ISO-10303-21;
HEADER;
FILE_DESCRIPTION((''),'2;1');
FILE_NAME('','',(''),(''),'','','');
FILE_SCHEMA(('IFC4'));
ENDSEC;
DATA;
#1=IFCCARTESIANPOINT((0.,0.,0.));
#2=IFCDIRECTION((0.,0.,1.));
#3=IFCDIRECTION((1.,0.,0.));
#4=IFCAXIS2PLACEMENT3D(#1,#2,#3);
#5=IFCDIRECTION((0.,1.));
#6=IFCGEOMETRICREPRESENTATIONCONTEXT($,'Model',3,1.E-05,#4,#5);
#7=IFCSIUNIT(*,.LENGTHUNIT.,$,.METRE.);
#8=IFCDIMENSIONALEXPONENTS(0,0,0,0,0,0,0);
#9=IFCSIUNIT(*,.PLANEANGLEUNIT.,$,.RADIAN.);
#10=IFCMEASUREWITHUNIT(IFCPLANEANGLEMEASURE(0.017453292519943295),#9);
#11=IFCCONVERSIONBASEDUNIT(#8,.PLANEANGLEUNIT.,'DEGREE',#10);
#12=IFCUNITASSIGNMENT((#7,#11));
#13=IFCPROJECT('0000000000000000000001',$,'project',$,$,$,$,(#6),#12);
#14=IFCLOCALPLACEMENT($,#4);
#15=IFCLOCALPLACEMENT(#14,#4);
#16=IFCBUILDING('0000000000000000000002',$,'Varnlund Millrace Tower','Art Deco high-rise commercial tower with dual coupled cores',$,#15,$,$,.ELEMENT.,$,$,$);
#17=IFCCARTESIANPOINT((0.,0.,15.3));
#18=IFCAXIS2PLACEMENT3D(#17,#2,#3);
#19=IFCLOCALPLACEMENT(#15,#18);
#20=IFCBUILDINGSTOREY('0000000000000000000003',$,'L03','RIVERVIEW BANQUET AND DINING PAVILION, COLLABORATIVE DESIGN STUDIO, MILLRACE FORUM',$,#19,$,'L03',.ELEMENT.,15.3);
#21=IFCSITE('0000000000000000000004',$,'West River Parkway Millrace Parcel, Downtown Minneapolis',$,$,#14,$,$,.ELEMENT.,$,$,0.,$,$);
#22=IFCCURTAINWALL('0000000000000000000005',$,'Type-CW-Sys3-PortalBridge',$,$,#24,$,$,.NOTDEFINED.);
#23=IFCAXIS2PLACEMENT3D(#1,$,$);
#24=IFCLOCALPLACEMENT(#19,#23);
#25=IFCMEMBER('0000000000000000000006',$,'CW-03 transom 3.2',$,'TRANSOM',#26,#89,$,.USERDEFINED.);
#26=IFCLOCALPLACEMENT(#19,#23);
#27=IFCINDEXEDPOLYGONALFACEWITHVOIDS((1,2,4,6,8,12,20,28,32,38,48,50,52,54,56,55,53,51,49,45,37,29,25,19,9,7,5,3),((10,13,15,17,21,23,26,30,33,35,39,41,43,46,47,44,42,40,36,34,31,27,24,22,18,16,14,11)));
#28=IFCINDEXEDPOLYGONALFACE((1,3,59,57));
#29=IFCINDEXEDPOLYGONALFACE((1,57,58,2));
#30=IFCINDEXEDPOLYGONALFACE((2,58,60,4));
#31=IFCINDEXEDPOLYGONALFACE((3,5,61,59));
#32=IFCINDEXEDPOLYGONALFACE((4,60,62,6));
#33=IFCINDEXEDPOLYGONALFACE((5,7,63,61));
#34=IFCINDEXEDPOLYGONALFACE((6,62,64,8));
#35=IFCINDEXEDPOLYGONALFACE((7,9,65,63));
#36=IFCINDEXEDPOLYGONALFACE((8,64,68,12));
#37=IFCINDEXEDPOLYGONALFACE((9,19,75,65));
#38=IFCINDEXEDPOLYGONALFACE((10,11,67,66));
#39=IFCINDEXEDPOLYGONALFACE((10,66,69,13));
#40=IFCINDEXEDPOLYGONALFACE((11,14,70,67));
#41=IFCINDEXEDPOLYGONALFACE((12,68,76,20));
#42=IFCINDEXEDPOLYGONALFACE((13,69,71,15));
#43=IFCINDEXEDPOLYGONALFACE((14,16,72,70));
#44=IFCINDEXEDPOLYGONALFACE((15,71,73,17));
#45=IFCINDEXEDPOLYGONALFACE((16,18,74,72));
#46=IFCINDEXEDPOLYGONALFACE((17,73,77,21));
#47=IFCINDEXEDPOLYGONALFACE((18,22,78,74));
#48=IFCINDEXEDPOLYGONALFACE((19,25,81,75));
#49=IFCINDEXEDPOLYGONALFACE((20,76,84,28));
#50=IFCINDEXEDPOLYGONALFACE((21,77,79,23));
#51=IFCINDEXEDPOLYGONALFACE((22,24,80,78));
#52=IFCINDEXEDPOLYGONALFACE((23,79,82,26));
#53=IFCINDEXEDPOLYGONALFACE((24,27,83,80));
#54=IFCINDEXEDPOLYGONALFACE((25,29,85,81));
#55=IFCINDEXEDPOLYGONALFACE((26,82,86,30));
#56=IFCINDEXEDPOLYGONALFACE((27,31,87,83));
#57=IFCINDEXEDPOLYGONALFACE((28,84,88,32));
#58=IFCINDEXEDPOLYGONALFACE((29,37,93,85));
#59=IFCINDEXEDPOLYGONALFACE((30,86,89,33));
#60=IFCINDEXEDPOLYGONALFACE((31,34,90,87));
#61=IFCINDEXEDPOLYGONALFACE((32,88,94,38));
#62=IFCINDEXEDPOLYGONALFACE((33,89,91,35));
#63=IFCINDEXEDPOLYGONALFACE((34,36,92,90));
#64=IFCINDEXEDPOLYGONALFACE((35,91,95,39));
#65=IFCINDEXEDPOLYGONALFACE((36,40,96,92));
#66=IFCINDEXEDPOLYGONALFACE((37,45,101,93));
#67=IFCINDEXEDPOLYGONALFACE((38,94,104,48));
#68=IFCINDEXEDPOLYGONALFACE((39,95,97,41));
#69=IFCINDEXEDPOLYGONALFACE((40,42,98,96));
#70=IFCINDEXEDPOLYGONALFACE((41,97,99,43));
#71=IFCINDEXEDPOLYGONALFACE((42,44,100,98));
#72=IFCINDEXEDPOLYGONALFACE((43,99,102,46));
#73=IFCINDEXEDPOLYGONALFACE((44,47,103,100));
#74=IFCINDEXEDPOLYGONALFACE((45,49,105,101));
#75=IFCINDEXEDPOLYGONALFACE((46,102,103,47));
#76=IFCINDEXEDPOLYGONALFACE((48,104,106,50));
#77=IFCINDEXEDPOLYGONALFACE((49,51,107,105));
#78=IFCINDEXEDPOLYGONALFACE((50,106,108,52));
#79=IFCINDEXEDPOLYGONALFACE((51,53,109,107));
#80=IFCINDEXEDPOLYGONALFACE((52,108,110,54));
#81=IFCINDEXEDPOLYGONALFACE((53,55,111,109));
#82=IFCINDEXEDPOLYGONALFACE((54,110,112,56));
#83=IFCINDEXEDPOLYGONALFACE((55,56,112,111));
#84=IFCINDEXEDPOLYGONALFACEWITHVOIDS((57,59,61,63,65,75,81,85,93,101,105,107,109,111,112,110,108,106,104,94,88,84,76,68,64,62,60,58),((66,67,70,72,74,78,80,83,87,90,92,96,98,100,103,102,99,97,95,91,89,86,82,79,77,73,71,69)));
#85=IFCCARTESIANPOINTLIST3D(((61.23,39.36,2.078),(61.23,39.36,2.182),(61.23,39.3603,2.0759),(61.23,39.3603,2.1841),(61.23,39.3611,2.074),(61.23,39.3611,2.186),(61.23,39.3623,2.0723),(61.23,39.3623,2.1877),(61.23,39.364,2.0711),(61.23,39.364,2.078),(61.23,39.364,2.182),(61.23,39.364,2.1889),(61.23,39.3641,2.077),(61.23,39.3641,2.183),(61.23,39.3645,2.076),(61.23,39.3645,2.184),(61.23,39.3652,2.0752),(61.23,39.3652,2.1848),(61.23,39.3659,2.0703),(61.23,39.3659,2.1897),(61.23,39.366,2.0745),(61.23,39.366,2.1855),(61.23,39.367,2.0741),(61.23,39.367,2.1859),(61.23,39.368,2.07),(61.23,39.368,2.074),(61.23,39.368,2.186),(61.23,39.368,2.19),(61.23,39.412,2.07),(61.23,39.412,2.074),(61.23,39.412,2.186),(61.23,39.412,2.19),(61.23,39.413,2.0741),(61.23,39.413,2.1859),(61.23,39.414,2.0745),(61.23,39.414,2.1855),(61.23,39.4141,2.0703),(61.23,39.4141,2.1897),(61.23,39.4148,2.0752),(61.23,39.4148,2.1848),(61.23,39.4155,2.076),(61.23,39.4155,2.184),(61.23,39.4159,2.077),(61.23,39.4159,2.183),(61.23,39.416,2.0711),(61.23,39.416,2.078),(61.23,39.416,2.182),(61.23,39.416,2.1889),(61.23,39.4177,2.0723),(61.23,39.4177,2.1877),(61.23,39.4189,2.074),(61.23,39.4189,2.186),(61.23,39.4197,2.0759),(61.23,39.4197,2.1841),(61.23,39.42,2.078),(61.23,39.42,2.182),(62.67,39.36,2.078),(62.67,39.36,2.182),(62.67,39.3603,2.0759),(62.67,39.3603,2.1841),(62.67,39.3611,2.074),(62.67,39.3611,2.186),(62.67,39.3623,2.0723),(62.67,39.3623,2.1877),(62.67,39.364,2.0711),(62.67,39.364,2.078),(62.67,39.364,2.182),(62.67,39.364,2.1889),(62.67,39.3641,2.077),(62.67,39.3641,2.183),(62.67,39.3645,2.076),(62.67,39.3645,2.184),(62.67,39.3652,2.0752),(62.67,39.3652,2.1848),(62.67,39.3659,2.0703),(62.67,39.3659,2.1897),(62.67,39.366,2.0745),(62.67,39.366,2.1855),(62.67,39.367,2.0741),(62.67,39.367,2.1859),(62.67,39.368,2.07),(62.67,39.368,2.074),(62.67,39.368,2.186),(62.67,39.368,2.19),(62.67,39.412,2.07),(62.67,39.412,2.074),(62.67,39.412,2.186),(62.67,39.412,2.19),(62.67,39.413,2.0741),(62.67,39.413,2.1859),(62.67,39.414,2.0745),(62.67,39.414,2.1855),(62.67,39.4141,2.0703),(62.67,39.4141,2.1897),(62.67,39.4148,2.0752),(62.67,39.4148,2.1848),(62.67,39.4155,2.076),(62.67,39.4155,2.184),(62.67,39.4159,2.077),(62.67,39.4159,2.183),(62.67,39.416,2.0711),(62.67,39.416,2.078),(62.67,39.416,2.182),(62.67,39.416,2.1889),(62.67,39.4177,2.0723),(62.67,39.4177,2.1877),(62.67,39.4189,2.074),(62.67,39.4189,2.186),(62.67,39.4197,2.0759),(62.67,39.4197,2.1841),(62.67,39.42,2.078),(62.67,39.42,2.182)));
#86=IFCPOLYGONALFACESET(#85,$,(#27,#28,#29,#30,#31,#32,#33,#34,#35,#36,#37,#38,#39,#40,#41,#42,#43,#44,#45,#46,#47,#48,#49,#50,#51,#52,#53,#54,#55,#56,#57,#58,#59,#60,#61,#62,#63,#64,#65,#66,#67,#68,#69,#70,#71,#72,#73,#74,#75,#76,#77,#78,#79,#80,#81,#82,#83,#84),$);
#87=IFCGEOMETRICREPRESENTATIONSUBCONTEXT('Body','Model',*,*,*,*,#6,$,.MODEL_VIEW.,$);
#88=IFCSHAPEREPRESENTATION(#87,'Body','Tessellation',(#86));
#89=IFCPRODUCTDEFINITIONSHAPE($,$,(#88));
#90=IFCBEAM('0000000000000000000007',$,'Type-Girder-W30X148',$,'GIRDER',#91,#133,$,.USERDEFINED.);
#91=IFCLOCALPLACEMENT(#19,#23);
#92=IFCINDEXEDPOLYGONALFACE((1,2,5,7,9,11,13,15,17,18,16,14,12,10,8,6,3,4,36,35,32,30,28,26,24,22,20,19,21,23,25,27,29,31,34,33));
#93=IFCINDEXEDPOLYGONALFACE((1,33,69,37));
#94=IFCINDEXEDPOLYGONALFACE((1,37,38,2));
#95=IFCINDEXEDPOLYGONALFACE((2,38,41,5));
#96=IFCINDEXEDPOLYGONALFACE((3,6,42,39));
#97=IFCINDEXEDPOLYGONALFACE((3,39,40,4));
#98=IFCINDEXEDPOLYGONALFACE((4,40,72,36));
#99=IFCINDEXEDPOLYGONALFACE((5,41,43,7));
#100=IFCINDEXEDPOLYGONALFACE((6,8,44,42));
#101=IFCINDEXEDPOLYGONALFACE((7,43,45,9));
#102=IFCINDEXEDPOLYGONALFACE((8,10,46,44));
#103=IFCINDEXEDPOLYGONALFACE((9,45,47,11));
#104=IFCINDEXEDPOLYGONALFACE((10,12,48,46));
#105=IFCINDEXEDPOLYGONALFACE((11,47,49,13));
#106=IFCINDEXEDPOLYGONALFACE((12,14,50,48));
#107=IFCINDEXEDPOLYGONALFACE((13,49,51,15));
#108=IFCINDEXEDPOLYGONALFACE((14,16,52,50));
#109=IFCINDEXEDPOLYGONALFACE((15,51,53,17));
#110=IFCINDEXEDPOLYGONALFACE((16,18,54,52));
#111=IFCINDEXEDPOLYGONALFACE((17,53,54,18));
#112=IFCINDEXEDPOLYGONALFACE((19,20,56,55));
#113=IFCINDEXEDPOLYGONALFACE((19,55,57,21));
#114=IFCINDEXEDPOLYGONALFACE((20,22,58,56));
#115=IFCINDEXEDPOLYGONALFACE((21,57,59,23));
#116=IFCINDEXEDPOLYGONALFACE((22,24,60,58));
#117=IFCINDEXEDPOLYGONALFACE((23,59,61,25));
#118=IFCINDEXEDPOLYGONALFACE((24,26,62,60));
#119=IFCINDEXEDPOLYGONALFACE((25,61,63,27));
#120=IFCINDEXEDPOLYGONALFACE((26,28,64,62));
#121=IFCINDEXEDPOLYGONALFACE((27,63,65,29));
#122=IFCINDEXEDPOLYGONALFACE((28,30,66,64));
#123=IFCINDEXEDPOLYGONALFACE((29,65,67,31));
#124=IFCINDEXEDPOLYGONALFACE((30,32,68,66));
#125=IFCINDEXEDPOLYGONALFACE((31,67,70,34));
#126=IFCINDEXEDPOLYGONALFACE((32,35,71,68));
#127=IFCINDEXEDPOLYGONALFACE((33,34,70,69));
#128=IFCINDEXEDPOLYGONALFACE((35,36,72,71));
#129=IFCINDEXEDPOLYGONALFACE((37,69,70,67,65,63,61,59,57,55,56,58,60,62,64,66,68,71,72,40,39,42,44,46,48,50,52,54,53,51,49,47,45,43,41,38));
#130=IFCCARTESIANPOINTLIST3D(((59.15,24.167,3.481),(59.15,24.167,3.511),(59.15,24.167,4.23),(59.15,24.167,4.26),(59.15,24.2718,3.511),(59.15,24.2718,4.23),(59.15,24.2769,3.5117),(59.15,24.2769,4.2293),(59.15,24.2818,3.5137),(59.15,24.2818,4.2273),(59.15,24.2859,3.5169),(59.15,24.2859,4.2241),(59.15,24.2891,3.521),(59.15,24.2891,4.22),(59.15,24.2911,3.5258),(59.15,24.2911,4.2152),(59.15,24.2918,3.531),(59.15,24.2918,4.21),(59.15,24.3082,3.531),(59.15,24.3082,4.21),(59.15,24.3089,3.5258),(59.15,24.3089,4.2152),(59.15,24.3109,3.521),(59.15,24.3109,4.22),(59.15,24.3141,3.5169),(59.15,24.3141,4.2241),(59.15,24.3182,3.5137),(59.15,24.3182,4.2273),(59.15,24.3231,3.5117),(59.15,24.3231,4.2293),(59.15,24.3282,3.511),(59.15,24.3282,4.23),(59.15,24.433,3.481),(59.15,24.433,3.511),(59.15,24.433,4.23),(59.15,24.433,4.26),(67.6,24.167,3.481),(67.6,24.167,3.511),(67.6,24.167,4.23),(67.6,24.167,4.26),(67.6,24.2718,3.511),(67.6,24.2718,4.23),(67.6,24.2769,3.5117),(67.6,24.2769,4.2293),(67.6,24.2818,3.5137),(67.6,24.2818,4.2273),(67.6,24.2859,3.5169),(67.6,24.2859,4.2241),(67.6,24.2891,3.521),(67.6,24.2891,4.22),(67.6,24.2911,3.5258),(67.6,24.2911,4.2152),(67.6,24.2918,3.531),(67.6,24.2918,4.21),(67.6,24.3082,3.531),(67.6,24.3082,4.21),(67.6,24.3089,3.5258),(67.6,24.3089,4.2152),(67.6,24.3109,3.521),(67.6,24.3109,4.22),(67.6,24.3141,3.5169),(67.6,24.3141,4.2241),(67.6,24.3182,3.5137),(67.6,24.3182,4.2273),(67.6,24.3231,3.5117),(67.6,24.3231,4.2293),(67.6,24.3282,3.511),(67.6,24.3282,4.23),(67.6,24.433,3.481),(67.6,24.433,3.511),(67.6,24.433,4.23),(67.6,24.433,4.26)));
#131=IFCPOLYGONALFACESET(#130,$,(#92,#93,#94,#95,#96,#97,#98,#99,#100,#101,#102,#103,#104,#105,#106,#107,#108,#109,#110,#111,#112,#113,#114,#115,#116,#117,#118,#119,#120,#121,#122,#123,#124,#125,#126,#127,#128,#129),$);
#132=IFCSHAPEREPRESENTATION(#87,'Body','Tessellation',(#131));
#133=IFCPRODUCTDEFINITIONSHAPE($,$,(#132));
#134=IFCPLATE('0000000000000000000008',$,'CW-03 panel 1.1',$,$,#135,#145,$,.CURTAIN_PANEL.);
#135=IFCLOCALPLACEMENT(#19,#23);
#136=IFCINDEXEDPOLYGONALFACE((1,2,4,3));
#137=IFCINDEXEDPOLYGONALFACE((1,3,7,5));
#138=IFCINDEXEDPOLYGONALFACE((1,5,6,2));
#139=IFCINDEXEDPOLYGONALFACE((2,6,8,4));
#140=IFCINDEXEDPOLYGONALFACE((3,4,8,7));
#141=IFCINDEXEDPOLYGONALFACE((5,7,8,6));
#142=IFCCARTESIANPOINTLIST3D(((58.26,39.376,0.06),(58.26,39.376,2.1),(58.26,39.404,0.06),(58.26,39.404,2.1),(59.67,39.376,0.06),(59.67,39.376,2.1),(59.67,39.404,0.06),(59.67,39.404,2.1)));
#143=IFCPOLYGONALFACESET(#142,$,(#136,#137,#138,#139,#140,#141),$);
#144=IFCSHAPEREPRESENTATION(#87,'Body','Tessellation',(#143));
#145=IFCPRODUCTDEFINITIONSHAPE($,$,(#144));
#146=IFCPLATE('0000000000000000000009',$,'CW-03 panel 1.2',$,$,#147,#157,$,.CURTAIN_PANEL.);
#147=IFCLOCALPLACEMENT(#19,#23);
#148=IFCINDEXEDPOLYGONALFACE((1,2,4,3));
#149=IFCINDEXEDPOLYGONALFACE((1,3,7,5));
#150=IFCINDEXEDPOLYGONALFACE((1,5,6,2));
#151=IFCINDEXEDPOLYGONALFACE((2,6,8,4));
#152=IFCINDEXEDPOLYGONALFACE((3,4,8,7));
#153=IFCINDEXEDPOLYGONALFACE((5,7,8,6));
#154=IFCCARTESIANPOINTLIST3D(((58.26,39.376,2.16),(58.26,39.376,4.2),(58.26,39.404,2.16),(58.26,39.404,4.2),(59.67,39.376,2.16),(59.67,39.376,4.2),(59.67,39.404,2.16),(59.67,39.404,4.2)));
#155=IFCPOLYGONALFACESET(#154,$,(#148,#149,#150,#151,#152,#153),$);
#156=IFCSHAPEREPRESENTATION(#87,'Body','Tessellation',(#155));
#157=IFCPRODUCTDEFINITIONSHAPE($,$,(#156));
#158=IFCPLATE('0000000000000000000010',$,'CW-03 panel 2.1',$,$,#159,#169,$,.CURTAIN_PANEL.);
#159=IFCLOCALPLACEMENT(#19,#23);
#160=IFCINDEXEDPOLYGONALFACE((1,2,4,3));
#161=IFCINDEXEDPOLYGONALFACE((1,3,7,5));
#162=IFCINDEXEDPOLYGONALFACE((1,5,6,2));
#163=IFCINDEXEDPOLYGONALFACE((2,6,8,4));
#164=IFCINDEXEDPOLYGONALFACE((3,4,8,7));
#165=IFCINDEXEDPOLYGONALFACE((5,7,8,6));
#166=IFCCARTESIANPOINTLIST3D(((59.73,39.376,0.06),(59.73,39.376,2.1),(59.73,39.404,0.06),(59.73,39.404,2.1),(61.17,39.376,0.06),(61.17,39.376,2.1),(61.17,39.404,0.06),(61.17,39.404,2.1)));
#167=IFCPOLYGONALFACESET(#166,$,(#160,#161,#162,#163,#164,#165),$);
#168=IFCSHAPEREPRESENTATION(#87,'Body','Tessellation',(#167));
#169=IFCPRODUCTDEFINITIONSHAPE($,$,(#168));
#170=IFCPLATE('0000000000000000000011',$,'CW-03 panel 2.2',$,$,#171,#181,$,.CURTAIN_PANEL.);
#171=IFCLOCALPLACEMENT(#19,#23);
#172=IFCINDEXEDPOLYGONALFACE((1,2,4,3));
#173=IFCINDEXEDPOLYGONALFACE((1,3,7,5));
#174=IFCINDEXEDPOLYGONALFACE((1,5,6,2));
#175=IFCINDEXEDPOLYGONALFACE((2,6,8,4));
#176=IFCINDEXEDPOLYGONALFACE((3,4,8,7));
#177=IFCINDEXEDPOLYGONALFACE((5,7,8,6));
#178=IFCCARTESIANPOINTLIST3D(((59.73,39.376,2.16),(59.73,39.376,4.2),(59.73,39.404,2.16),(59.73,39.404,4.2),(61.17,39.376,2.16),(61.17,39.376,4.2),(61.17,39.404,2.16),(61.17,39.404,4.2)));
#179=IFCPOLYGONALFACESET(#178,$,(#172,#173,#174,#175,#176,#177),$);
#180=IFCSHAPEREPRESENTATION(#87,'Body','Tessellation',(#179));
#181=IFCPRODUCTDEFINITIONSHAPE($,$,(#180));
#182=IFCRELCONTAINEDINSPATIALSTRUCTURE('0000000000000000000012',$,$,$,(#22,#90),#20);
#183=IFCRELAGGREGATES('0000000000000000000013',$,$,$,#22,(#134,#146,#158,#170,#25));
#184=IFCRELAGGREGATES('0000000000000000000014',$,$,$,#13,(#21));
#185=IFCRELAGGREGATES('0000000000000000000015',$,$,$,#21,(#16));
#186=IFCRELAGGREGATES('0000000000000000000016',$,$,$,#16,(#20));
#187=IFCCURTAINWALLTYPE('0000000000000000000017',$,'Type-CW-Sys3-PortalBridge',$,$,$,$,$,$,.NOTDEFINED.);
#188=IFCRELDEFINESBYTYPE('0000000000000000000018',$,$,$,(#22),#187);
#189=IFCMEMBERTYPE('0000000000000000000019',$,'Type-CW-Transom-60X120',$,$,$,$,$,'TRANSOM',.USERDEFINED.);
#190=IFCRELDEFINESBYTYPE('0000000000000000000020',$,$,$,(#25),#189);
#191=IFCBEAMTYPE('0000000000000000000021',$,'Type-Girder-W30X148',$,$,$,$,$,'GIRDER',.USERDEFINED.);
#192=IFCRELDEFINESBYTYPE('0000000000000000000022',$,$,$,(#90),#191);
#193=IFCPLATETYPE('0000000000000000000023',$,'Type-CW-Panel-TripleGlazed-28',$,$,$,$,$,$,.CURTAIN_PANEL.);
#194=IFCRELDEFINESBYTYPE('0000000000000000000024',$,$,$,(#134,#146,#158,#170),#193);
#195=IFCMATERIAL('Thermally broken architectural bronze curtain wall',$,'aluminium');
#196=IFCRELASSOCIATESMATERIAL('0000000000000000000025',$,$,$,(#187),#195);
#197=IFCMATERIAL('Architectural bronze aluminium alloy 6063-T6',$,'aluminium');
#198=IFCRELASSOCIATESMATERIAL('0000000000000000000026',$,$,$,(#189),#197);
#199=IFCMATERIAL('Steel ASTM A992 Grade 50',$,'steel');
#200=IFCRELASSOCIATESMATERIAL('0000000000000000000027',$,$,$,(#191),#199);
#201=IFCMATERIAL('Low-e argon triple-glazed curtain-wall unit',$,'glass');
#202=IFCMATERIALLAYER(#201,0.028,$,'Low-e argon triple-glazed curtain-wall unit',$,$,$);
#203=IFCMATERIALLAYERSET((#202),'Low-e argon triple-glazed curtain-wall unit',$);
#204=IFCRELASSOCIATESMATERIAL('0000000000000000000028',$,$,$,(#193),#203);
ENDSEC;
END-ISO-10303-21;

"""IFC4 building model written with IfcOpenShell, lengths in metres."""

from ifc_helpers import new_model, entity, si_unit, converted_unit, direction, frame, origin_with_axes, origin_2d_with_axis, place, context, subcontext, project, spatial, rectangle, hollow_rectangle, i_section, extrude, material, layer, layer_set, material_profile, profile_set, type_object, element, aggregate, save


model = new_model("IFC4")

# Units and contexts
model_context = context("Model", 3, precision=1e-05, world=origin_with_axes(), true_north=direction((0.0, 1.0)))
body_context = subcontext(model_context, "Body", "Model", "MODEL_VIEW")
ifc_project = project(units=[si_unit("LENGTHUNIT", "METRE"), converted_unit("PLANEANGLEUNIT", "DEGREE", entity("IfcPlaneAngleMeasure", 0.017453292519943295), si_unit("PLANEANGLEUNIT", "RADIAN"), dimensions=[0, 0, 0, 0, 0, 0, 0])], contexts=[model_context])

# Site, building, storey
site_placement = place(None, origin_with_axes())
site = spatial("IfcSite", under=ifc_project, at=site_placement, Name="West River Parkway Millrace Parcel, Downtown Minneapolis", CompositionType="ELEMENT", RefElevation=0.0)
building_placement = place(site_placement, origin_with_axes())
building = spatial("IfcBuilding", under=site, at=building_placement, Name="Varnlund Millrace Tower", Description="Art Deco high-rise commercial tower with dual coupled cores", CompositionType="ELEMENT")
storey_placement = place(building_placement, frame((0.0, 0.0, 15.3), z_axis=(0.0, 0.0, 1.0), x_axis=(1.0, 0.0, 0.0)))
storey = spatial("IfcBuildingStorey", under=building, at=storey_placement, Name="L03", Description="RIVERVIEW BANQUET AND DINING PAVILION, COLLABORATIVE DESIGN STUDIO, MILLRACE FORUM", LongName="L03", CompositionType="ELEMENT", Elevation=15.3)

# Shared definitions
ifc_material_1 = material(Name="Steel ASTM A992 Grade 50", Category="steel")

# Curtain wall, member
ifc_material_2 = material(Name="Thermally broken architectural bronze curtain wall", Category="aluminium")
curtain_wall_type = type_object("IfcCurtainWallType", Name="Type-CW-Sys3-PortalBridge", PredefinedType="NOTDEFINED", material=ifc_material_2)
curtain_wall_placement = place(storey_placement, frame((58.2, 39.39, 0.0), z_axis=(0.0, 0.0, 1.0), x_axis=(1.0, 0.0, 0.0)))
curtain_wall = element("IfcCurtainWall", 1, at=curtain_wall_placement, inside=storey, type_object=curtain_wall_type, Name="Type-CW-Sys3-PortalBridge", PredefinedType="NOTDEFINED")
ifc_material_3 = material(Name="Architectural bronze aluminium alloy 6063-T6", Category="aluminium")
ifc_material_profile_1 = material_profile(ifc_material_3, hollow_rectangle(XDim=0.06, YDim=0.12, WallThickness=0.004, InnerFilletRadius=0.004, OuterFilletRadius=0.008, at=origin_2d_with_axis()), Name="Architectural bronze aluminium alloy 6063-T6")
ifc_profile_set_1 = profile_set([ifc_material_profile_1], Name="Architectural bronze aluminium alloy 6063-T6")
member_type_1 = type_object("IfcMemberType", Name="Type-CW-Transom-60X120", ElementType="TRANSOM", PredefinedType="USERDEFINED", material=ifc_profile_set_1)
member_1_placement = place(storey_placement, frame((61.23, 39.39, 2.13), z_axis=(1.0, 0.0, 0.0), x_axis=(0.0, 1.0, 0.0)))
member_1 = element("IfcMember", 2, at=member_1_placement, type_object=member_type_1, Name="CW-03 transom 3.2", ObjectType="TRANSOM", PredefinedType="USERDEFINED", context=body_context, shape_type="SweptSolid", body=[
    extrude(hollow_rectangle(XDim=0.06, YDim=0.12, WallThickness=0.004, InnerFilletRadius=0.004, OuterFilletRadius=0.008, at=origin_2d_with_axis()), origin_with_axes(), (0.0, 0.0, 1.0), 1.44),
])

# Beam
ifc_material_profile_2 = material_profile(ifc_material_1, i_section(OverallWidth=0.266, OverallDepth=0.779, WebThickness=0.0165, FlangeThickness=0.03, FilletRadius=0.02, at=origin_2d_with_axis()), Name="Steel ASTM A992 Grade 50")
ifc_profile_set_2 = profile_set([ifc_material_profile_2], Name="Steel ASTM A992 Grade 50")
beam_type_1 = type_object("IfcBeamType", Name="Type-Girder-W30X148", ElementType="GIRDER", PredefinedType="USERDEFINED", material=ifc_profile_set_2)
beam_1_placement = place(storey_placement, frame((59.15, 24.3, 3.8705), z_axis=(1.0, 0.0, 0.0), x_axis=(0.0, 1.0, 0.0)))
element("IfcBeam", 3, at=beam_1_placement, inside=storey, type_object=beam_type_1, Name="Type-Girder-W30X148", ObjectType="GIRDER", PredefinedType="USERDEFINED", context=body_context, shape_type="SweptSolid", body=[
    extrude(i_section(OverallWidth=0.266, OverallDepth=0.779, WebThickness=0.0165, FlangeThickness=0.03, FilletRadius=0.02, at=origin_2d_with_axis()), origin_with_axes(), (0.0, 0.0, 1.0), 8.45),
])

# Plates
ifc_material_4 = material(Name="Low-e argon triple-glazed curtain-wall unit", Category="glass")
ifc_layer_1 = layer(ifc_material_4, 0.028, Name="Low-e argon triple-glazed curtain-wall unit")
ifc_layer_set_1 = layer_set([ifc_layer_1], Name="Low-e argon triple-glazed curtain-wall unit")
plate_type = type_object("IfcPlateType", Name="Type-CW-Panel-TripleGlazed-28", PredefinedType="CURTAIN_PANEL", material=ifc_layer_set_1)
plate_1_placement = place(storey_placement, frame((58.965, 39.39, 0.06), z_axis=(0.0, 0.0, 1.0), x_axis=(1.0, 0.0, 0.0)))
plate_1 = element("IfcPlate", 4, at=plate_1_placement, type_object=plate_type, Name="CW-03 panel 1.1", PredefinedType="CURTAIN_PANEL", context=body_context, shape_type="SweptSolid", body=[
    extrude(rectangle(XDim=1.41, YDim=0.028, at=origin_2d_with_axis()), origin_with_axes(), (0.0, 0.0, 1.0), 2.04),
])
plate_2_placement = place(storey_placement, frame((58.965, 39.39, 2.16), z_axis=(0.0, 0.0, 1.0), x_axis=(1.0, 0.0, 0.0)))
plate_2 = element("IfcPlate", 5, at=plate_2_placement, type_object=plate_type, Name="CW-03 panel 1.2", PredefinedType="CURTAIN_PANEL", context=body_context, shape_type="SweptSolid", body=[
    extrude(rectangle(XDim=1.41, YDim=0.028, at=origin_2d_with_axis()), origin_with_axes(), (0.0, 0.0, 1.0), 2.04),
])
plate_3_placement = place(storey_placement, frame((60.45, 39.39, 0.06), z_axis=(0.0, 0.0, 1.0), x_axis=(1.0, 0.0, 0.0)))
plate_3 = element("IfcPlate", 6, at=plate_3_placement, type_object=plate_type, Name="CW-03 panel 2.1", PredefinedType="CURTAIN_PANEL", context=body_context, shape_type="SweptSolid", body=[
    extrude(rectangle(XDim=1.44, YDim=0.028, at=origin_2d_with_axis()), origin_with_axes(), (0.0, 0.0, 1.0), 2.04),
])
plate_4_placement = place(storey_placement, frame((60.45, 39.39, 2.16), z_axis=(0.0, 0.0, 1.0), x_axis=(1.0, 0.0, 0.0)))
plate_4 = element("IfcPlate", 7, at=plate_4_placement, type_object=plate_type, Name="CW-03 panel 2.2", PredefinedType="CURTAIN_PANEL", context=body_context, shape_type="SweptSolid", body=[
    extrude(rectangle(XDim=1.44, YDim=0.028, at=origin_2d_with_axis()), origin_with_axes(), (0.0, 0.0, 1.0), 2.04),
])
aggregate(curtain_wall, [plate_1, plate_2, plate_3, plate_4, member_1])

save(model, "model.ifc")
